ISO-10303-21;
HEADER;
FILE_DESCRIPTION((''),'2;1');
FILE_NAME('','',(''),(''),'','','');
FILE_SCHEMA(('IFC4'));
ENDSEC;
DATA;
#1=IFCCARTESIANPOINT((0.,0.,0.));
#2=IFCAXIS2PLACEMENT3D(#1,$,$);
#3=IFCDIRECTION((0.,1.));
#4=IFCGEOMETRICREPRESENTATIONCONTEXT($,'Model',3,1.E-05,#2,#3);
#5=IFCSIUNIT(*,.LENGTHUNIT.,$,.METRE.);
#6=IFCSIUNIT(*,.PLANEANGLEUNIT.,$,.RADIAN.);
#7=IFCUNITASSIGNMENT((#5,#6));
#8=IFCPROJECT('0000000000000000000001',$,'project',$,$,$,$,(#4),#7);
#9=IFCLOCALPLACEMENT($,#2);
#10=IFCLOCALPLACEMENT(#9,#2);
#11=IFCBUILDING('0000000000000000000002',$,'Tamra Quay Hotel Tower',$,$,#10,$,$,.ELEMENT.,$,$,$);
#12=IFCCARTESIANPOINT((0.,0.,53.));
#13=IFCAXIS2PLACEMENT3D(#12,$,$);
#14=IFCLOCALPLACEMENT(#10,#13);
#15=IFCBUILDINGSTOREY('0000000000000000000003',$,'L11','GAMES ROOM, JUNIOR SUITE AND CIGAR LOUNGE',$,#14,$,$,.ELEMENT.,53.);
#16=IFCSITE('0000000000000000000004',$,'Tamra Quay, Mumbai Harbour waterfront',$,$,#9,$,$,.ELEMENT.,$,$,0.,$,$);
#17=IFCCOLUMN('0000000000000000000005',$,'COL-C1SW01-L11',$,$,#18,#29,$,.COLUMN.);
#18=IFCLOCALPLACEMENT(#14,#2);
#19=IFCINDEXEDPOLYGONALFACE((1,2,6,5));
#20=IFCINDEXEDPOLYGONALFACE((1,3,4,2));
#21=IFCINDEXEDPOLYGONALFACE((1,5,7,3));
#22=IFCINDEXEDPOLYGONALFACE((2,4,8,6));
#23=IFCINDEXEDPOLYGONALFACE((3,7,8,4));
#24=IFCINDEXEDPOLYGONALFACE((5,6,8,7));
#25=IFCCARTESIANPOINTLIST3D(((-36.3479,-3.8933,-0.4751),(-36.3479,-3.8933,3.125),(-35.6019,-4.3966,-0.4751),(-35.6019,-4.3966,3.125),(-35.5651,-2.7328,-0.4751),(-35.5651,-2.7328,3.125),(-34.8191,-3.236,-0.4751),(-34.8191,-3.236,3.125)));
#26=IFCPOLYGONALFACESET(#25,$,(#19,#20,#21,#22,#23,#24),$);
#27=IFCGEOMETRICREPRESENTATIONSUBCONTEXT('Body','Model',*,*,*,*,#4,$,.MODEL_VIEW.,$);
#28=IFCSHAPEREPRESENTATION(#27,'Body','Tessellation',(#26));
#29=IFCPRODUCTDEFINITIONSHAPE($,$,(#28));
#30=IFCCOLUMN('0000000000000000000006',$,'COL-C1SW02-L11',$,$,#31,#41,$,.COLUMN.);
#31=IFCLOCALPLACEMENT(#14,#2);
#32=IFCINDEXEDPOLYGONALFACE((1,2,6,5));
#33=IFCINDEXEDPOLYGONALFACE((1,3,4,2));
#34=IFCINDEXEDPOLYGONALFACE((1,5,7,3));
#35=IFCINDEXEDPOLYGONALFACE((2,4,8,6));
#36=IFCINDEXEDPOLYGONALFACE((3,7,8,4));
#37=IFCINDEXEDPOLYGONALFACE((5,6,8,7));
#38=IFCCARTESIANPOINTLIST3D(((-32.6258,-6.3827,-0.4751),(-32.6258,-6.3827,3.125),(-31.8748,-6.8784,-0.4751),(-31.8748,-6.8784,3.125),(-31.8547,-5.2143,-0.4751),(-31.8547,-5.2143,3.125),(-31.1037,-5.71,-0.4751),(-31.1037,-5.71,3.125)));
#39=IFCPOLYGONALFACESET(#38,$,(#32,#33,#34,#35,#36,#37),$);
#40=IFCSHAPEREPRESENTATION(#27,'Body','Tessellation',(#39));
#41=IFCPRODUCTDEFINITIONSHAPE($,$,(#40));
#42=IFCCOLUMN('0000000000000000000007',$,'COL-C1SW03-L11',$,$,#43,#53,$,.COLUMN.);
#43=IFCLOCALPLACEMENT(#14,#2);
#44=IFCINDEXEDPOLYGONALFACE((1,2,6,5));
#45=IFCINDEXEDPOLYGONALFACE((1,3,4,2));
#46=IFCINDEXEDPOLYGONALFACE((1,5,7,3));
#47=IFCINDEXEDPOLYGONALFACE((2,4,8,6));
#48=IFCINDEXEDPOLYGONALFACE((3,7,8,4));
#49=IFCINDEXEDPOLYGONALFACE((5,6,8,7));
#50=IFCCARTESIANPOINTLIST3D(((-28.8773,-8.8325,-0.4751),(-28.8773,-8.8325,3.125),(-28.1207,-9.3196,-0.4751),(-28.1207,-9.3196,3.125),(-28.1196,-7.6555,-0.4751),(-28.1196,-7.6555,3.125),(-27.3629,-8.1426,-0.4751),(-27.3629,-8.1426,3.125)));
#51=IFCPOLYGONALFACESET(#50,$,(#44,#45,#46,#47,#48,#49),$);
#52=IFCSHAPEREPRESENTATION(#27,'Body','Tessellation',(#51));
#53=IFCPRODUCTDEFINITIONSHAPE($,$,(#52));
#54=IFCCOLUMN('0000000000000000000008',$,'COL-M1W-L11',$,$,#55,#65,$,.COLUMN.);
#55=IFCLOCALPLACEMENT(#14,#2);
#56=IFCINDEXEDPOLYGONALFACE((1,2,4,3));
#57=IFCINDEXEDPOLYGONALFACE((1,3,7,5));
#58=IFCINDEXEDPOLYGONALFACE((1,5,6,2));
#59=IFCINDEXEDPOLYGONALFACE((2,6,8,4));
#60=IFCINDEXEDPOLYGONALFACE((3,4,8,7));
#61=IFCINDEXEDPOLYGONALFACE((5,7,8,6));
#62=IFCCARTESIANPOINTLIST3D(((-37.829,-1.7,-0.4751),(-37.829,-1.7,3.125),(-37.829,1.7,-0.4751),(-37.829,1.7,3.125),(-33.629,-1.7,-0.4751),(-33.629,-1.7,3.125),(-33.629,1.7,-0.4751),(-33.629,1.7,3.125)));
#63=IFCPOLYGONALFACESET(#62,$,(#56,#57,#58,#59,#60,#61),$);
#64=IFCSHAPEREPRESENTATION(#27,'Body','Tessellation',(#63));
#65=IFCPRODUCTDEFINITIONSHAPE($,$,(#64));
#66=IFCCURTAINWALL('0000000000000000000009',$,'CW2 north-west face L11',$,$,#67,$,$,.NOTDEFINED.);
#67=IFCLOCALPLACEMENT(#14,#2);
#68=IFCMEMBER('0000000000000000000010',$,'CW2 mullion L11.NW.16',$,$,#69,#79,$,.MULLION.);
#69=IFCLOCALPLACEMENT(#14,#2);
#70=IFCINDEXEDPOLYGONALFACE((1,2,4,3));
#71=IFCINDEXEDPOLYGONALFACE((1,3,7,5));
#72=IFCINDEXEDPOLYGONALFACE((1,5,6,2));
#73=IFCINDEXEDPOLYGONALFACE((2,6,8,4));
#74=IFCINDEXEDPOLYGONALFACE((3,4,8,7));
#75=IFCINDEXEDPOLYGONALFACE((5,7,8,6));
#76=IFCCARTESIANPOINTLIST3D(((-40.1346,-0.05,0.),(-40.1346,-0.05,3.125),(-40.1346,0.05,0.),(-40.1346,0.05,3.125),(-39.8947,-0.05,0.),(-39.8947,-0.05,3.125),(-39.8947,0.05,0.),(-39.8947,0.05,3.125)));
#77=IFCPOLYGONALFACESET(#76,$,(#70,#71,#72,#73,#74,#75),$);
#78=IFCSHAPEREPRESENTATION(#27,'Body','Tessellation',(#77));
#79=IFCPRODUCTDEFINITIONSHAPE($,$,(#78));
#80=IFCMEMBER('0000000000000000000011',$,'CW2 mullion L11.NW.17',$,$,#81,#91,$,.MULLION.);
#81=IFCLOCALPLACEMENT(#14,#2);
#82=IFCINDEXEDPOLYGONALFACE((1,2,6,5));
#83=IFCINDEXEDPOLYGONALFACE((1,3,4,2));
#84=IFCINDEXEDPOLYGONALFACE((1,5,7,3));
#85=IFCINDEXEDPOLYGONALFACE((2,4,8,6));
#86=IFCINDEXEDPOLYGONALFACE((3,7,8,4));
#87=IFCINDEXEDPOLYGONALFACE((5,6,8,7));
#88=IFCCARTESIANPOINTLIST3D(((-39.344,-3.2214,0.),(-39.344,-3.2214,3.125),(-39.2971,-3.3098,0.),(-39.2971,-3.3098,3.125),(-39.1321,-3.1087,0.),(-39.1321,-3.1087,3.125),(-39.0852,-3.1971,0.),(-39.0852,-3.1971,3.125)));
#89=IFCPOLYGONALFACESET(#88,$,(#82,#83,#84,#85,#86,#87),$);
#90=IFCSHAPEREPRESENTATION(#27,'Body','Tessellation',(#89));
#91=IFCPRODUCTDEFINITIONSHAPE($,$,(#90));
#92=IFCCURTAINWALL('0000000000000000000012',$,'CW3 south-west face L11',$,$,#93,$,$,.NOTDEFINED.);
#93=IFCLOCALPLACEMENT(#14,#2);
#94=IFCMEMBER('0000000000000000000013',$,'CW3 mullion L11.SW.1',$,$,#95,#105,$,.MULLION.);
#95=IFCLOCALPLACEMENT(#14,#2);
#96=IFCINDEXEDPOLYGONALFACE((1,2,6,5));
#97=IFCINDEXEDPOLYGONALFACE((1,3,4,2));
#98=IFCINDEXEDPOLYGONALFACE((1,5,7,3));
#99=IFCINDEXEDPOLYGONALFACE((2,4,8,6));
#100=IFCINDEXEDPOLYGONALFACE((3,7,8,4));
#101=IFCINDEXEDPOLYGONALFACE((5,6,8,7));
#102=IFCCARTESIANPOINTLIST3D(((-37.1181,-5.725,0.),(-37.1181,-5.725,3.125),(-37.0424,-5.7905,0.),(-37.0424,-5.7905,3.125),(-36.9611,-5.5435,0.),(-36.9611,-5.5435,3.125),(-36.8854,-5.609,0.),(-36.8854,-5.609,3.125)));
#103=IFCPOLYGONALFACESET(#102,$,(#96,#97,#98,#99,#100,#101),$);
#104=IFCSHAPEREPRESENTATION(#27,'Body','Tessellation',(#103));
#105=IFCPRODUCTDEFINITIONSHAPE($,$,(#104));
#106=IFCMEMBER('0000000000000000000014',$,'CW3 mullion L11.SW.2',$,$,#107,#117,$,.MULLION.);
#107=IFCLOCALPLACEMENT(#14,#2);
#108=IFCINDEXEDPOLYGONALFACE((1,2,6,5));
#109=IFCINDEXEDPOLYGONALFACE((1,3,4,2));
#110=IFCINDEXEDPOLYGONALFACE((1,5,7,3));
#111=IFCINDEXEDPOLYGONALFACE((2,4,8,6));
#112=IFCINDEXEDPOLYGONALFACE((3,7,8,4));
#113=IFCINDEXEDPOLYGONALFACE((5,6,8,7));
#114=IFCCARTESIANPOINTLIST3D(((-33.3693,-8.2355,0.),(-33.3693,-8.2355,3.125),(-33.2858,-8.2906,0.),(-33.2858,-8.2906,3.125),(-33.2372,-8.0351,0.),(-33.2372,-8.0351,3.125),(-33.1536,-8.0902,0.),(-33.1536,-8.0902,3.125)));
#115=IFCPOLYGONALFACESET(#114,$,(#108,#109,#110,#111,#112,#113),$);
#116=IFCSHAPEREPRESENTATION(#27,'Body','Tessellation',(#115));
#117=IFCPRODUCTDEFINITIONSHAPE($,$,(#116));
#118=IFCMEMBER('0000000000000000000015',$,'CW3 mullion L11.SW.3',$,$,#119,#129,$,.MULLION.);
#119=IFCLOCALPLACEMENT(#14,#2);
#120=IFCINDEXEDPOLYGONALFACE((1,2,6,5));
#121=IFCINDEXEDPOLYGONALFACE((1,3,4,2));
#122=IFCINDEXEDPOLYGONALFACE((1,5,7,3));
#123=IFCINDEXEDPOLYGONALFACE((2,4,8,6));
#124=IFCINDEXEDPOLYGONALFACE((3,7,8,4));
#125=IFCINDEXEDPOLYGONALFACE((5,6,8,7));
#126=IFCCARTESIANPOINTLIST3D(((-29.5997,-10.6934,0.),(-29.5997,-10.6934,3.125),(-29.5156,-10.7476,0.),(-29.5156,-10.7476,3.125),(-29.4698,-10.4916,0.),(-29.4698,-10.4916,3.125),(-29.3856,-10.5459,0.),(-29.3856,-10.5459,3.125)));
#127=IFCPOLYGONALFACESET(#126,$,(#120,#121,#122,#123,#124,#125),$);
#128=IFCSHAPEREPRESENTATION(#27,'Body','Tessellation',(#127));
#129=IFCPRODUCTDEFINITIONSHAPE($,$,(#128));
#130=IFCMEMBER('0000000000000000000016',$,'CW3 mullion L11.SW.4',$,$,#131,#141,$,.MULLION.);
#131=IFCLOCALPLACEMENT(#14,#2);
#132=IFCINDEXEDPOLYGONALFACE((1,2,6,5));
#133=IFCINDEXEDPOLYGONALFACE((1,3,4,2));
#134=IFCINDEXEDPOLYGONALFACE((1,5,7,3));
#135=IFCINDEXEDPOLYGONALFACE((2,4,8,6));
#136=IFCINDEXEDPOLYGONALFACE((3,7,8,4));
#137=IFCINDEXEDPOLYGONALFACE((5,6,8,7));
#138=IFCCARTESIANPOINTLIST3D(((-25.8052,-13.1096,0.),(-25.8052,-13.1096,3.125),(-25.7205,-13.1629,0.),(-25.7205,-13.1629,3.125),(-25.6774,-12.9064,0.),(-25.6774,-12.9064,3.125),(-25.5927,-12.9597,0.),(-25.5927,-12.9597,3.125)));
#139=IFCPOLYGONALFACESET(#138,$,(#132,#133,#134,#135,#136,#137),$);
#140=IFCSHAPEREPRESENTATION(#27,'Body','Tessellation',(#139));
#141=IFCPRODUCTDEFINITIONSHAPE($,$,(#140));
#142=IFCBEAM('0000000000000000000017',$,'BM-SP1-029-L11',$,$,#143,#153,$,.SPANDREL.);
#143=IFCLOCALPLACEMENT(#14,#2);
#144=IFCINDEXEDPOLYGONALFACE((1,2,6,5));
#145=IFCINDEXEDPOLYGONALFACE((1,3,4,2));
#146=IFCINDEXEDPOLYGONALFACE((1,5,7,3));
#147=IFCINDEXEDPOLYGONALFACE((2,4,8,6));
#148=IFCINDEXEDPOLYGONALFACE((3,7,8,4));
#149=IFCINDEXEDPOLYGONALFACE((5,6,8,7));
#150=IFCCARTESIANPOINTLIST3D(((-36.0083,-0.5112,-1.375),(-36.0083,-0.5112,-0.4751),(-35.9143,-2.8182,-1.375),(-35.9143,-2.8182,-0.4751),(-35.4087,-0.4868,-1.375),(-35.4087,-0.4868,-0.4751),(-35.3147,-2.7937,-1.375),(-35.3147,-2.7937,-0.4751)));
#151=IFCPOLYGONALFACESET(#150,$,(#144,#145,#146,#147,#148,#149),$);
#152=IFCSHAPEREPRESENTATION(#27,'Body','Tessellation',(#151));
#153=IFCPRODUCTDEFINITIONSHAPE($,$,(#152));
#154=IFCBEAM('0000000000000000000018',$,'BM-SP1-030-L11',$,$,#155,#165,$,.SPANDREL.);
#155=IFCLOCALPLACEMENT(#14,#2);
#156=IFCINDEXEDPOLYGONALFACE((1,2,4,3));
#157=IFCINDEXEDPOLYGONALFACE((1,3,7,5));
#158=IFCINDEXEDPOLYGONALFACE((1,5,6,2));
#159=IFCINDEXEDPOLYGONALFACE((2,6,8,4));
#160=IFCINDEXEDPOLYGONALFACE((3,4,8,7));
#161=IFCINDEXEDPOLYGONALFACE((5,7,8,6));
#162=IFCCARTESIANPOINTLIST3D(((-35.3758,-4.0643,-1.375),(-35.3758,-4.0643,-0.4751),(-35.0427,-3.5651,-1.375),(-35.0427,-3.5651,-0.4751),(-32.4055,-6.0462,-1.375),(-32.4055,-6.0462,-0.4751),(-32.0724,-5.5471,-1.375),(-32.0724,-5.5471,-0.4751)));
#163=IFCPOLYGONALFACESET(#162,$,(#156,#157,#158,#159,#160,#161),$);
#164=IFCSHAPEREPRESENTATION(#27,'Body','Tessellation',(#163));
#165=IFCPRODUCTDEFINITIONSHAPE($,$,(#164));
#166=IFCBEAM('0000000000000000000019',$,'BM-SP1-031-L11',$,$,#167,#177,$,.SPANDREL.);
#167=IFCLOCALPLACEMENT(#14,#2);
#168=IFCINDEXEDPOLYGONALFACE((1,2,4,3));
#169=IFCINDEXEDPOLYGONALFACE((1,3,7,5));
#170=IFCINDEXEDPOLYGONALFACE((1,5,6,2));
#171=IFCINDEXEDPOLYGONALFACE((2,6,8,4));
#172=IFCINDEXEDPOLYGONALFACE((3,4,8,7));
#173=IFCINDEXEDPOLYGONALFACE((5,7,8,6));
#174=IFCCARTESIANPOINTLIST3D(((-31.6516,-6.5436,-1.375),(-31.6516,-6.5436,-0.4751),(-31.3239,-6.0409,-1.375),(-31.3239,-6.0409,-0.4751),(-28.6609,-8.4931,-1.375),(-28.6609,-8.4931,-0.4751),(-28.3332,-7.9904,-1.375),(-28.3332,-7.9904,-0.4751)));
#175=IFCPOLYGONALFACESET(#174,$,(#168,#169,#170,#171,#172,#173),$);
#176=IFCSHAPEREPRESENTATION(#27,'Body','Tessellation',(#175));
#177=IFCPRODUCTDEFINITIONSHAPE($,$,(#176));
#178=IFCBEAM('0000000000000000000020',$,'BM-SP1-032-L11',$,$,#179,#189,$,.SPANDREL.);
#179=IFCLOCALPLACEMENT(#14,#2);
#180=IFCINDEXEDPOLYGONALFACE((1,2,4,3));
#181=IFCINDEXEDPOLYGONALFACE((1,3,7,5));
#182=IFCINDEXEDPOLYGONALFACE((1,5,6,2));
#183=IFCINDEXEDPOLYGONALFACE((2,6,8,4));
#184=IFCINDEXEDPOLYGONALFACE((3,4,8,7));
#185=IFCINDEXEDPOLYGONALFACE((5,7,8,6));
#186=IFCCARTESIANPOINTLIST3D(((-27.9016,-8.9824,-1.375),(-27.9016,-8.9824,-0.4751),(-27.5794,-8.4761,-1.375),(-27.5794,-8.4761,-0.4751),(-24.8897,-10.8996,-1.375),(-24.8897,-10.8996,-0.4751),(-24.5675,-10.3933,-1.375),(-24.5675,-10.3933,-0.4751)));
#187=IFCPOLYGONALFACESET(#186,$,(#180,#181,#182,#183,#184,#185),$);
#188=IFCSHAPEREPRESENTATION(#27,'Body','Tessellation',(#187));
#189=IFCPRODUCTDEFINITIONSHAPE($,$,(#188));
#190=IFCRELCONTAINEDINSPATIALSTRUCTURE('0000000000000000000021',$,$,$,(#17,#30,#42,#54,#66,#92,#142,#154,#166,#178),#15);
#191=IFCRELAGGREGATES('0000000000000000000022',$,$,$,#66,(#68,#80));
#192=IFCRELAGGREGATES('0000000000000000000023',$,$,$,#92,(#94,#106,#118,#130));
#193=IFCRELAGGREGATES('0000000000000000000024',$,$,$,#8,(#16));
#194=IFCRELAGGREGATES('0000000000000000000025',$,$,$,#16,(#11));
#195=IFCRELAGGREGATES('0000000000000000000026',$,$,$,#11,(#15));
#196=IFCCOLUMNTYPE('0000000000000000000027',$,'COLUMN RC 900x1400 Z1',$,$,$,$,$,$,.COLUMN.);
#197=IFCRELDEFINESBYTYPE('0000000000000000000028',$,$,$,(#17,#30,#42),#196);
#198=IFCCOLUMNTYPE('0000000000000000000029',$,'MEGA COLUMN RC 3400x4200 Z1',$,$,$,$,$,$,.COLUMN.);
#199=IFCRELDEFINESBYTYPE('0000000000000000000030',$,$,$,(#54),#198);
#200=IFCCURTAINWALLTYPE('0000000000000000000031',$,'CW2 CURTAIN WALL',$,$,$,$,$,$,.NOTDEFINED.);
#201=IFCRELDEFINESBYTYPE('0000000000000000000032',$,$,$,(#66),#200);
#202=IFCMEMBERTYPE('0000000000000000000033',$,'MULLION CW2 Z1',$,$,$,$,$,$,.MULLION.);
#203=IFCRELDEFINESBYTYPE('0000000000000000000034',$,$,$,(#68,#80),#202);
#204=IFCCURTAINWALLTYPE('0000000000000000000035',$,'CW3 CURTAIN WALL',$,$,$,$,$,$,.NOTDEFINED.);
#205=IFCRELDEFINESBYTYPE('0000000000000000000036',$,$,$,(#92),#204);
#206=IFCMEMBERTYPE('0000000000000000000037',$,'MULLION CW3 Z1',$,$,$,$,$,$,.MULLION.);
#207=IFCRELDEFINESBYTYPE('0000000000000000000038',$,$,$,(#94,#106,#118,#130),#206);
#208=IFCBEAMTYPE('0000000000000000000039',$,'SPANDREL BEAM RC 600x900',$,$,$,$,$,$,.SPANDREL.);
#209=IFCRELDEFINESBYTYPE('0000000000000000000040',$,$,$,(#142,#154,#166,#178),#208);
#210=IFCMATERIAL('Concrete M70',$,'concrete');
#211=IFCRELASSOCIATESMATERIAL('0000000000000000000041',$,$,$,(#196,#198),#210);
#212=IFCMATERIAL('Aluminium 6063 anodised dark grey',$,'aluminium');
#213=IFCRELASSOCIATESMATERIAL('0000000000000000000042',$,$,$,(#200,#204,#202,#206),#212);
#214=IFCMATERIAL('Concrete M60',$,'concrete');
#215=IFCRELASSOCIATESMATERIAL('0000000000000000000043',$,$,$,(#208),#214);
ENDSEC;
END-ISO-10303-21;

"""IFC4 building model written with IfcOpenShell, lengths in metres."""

from ifc_helpers import new_model, si_unit, direction, frame, origin, origin_2d, place, context, subcontext, project, spatial, rectangle, extrude, material, material_profile, profile_set, type_object, element, aggregate, save


model = new_model("IFC4")

# Units and contexts
model_context = context("Model", 3, precision=1e-05, world=origin(), true_north=direction((0.0, 1.0)))
body_context = subcontext(model_context, "Body", "Model", "MODEL_VIEW")
ifc_project = project(units=[si_unit("LENGTHUNIT", "METRE"), si_unit("PLANEANGLEUNIT", "RADIAN")], contexts=[model_context])

# Site, building, storey
site_placement = place(None, origin())
site = spatial("IfcSite", under=ifc_project, at=site_placement, Name="Tamra Quay, Mumbai Harbour waterfront", CompositionType="ELEMENT", RefElevation=0.0)
building_placement = place(site_placement, origin())
building = spatial("IfcBuilding", under=site, at=building_placement, Name="Tamra Quay Hotel Tower", CompositionType="ELEMENT")
storey_placement = place(building_placement, frame((0.0, 0.0, 53.0)))
storey = spatial("IfcBuildingStorey", under=building, at=storey_placement, Name="L11", Description="GAMES ROOM, JUNIOR SUITE AND CIGAR LOUNGE", CompositionType="ELEMENT", Elevation=53.0)

# Columns
ifc_material_1 = material(Name="Concrete M70", Category="concrete")
ifc_material_profile_1 = material_profile(ifc_material_1, rectangle(XDim=1.3999, YDim=0.8999, at=origin_2d()), Name="COLUMN RC 900x1400 Z1")
ifc_profile_set_1 = profile_set([ifc_material_profile_1], Name="Concrete M70")
column_type_1 = type_object("IfcColumnType", Name="COLUMN RC 900x1400 Z1", PredefinedType="COLUMN", material=ifc_profile_set_1)
for number, where, z_axis, x_axis, name in (
    (1, (-35.5835, -3.5647, -0.4751), (0.0, 0.0, 1.0), (0.55922, 0.829019, 0.0), "COL-C1SW01-L11"),
    (2, (-31.8647, -6.0464, -0.4751), (0.0, 0.0, 1.0), (0.550838, 0.834612, 0.0), "COL-C1SW02-L11"),
    (3, (-28.1201, -8.4875, -0.4751), (0.0, 0.0, 1.0), (0.541283, 0.840841, 0.0), "COL-C1SW03-L11"),
):
    element("IfcColumn", number, at=place(storey_placement, frame(where, z_axis=z_axis, x_axis=x_axis)), inside=storey, type_object=column_type_1, Name=name, PredefinedType="COLUMN", context=body_context, shape_type="SweptSolid", body=[
        extrude(rectangle(XDim=1.3999, YDim=0.8999, at=origin_2d()), origin(), (0.0, 0.0, 1.0), 3.6001),
    ])
ifc_material_profile_2 = material_profile(ifc_material_1, rectangle(XDim=4.2, YDim=3.3999, at=origin_2d()), Name="MEGA COLUMN RC 3400x4200 Z1")
ifc_profile_set_2 = profile_set([ifc_material_profile_2], Name="Concrete M70")
column_type_2 = type_object("IfcColumnType", Name="MEGA COLUMN RC 3400x4200 Z1", PredefinedType="COLUMN", material=ifc_profile_set_2)
column_placement = place(storey_placement, frame((-35.729, 0.0, -0.4751), z_axis=(0.0, 0.0, 1.0), x_axis=(1.0, 0.0, 0.0)))
element("IfcColumn", 4, at=column_placement, inside=storey, type_object=column_type_2, Name="COL-M1W-L11", PredefinedType="COLUMN", context=body_context, shape_type="SweptSolid", body=[
    extrude(rectangle(XDim=4.2, YDim=3.3999, at=origin_2d()), origin(), (0.0, 0.0, 1.0), 3.6001),
])

# Curtain walls, members
ifc_material_2 = material(Name="Aluminium 6063 anodised dark grey", Category="aluminium")
curtain_wall_type_1 = type_object("IfcCurtainWallType", Name="CW2 CURTAIN WALL", PredefinedType="NOTDEFINED", material=ifc_material_2)
curtain_wall_1_placement = place(storey_placement, origin())
curtain_wall_1 = element("IfcCurtainWall", 5, at=curtain_wall_1_placement, inside=storey, type_object=curtain_wall_type_1, Name="CW2 north-west face L11", PredefinedType="NOTDEFINED")
ifc_material_profile_3 = material_profile(ifc_material_2, rectangle(XDim=0.24, YDim=0.1001, at=origin_2d()), Name="MULLION 100X240")
ifc_profile_set_3 = profile_set([ifc_material_profile_3], Name="Aluminium 6063 anodised dark grey")
member_type_1 = type_object("IfcMemberType", Name="MULLION CW2 Z1", PredefinedType="MULLION", material=ifc_profile_set_3)
member_1_placement = place(storey_placement, frame((-40.0146, 0.0, 0.0), z_axis=(0.0, 0.0, 1.0), x_axis=(-1.0, 0.0, 0.0)))
member_1 = element("IfcMember", 6, at=member_1_placement, type_object=member_type_1, Name="CW2 mullion L11.NW.16", PredefinedType="MULLION", context=body_context, shape_type="SweptSolid", body=[
    extrude(rectangle(XDim=0.24, YDim=0.1001, at=origin_2d()), origin(), (0.0, 0.0, 1.0), 3.125),
])
member_2_placement = place(storey_placement, frame((-39.2146, -3.2092, 0.0), z_axis=(0.0, 0.0, 1.0), x_axis=(-0.882955, -0.469457, 0.0)))
member_2 = element("IfcMember", 7, at=member_2_placement, type_object=member_type_1, Name="CW2 mullion L11.NW.17", PredefinedType="MULLION", context=body_context, shape_type="SweptSolid", body=[
    extrude(rectangle(XDim=0.24, YDim=0.1001, at=origin_2d()), origin(), (0.0, 0.0, 1.0), 3.125),
])
curtain_wall_type_2 = type_object("IfcCurtainWallType", Name="CW3 CURTAIN WALL", PredefinedType="NOTDEFINED", material=ifc_material_2)
curtain_wall_2_placement = place(storey_placement, origin())
curtain_wall_2 = element("IfcCurtainWall", 8, at=curtain_wall_2_placement, inside=storey, type_object=curtain_wall_type_2, Name="CW3 south-west face L11", PredefinedType="NOTDEFINED")
ifc_material_profile_4 = material_profile(ifc_material_2, rectangle(XDim=0.24, YDim=0.1001, at=origin_2d()), Name="MULLION 100X240")
ifc_profile_set_4 = profile_set([ifc_material_profile_4], Name="Aluminium 6063 anodised dark grey")
member_type_2 = type_object("IfcMemberType", Name="MULLION CW3 Z1", PredefinedType="MULLION", material=ifc_profile_set_4)
member_3_placement = place(storey_placement, frame((-37.0017, -5.667, 0.0), z_axis=(0.0, 0.0, 1.0), x_axis=(-0.654197, -0.756324, 0.0)))
member_3 = element("IfcMember", 9, at=member_3_placement, type_object=member_type_2, Name="CW3 mullion L11.SW.1", PredefinedType="MULLION", context=body_context, shape_type="SweptSolid", body=[
    extrude(rectangle(XDim=0.24, YDim=0.1001, at=origin_2d()), origin(), (0.0, 0.0, 1.0), 3.125),
])
member_4_placement = place(storey_placement, frame((-33.2615, -8.1628, 0.0), z_axis=(0.0, 0.0, 1.0), x_axis=(-0.550591, -0.834775, 0.0)))
member_4 = element("IfcMember", 10, at=member_4_placement, type_object=member_type_2, Name="CW3 mullion L11.SW.2", PredefinedType="MULLION", context=body_context, shape_type="SweptSolid", body=[
    extrude(rectangle(XDim=0.24, YDim=0.1001, at=origin_2d()), origin(), (0.0, 0.0, 1.0), 3.125),
])
member_5_placement = place(storey_placement, frame((-29.4927, -10.6196, 0.0), z_axis=(0.0, 0.0, 1.0), x_axis=(-0.541561, -0.840662, 0.0)))
member_5 = element("IfcMember", 11, at=member_5_placement, type_object=member_type_2, Name="CW3 mullion L11.SW.3", PredefinedType="MULLION", context=body_context, shape_type="SweptSolid", body=[
    extrude(rectangle(XDim=0.24, YDim=0.1001, at=origin_2d()), origin(), (0.0, 0.0, 1.0), 3.125),
])
member_6_placement = place(storey_placement, frame((-25.699, -13.0347, 0.0), z_axis=(0.0, 0.0, 1.0), x_axis=(-0.532447, -0.846463, 0.0)))
member_6 = element("IfcMember", 12, at=member_6_placement, type_object=member_type_2, Name="CW3 mullion L11.SW.4", PredefinedType="MULLION", context=body_context, shape_type="SweptSolid", body=[
    extrude(rectangle(XDim=0.24, YDim=0.1001, at=origin_2d()), origin(), (0.0, 0.0, 1.0), 3.125),
])

# Beams
ifc_material_3 = material(Name="Concrete M60", Category="concrete")
ifc_material_profile_5 = material_profile(ifc_material_3, rectangle(XDim=0.6001, YDim=0.8999, at=origin_2d()), Name="SPANDREL BEAM RC 600x900")
ifc_profile_set_5 = profile_set([ifc_material_profile_5], Name="Concrete M60")
beam_type = type_object("IfcBeamType", Name="SPANDREL BEAM RC 600x900", PredefinedType="SPANDREL", material=ifc_profile_set_5)
beam_1_placement = place(storey_placement, frame((-35.7085, -0.499, -0.925), z_axis=(0.040711, -0.999171, 0.0), x_axis=(0.999171, 0.040711, 0.0)))
element("IfcBeam", 13, at=beam_1_placement, inside=storey, type_object=beam_type, Name="BM-SP1-029-L11", PredefinedType="SPANDREL", context=body_context, shape_type="SweptSolid", body=[
    extrude(rectangle(XDim=0.6001, YDim=0.8999, at=origin_2d()), origin(), (0.0, 0.0, 1.0), 2.3088),
])
beam_2_placement = place(storey_placement, frame((-35.2092, -3.8147, -0.925), z_axis=(0.831819, -0.555047, 0.0), x_axis=(0.555047, 0.831819, 0.0)))
element("IfcBeam", 14, at=beam_2_placement, inside=storey, type_object=beam_type, Name="BM-SP1-030-L11", PredefinedType="SPANDREL", context=body_context, shape_type="SweptSolid", body=[
    extrude(rectangle(XDim=0.6001, YDim=0.8999, at=origin_2d()), origin(), (0.0, 0.0, 1.0), 3.5708),
])
beam_3_placement = place(storey_placement, frame((-31.4878, -6.2922, -0.925), z_axis=(0.83774, -0.54607, 0.0), x_axis=(0.54607, 0.83774, 0.0)))
element("IfcBeam", 15, at=beam_3_placement, inside=storey, type_object=beam_type, Name="BM-SP1-031-L11", PredefinedType="SPANDREL", context=body_context, shape_type="SweptSolid", body=[
    extrude(rectangle(XDim=0.6001, YDim=0.8999, at=origin_2d()), origin(), (0.0, 0.0, 1.0), 3.5701),
])
beam_4_placement = place(storey_placement, frame((-27.7405, -8.7292, -0.925), z_axis=(0.843594, -0.536982, 0.0), x_axis=(0.536982, 0.843594, 0.0)))
element("IfcBeam", 16, at=beam_4_placement, inside=storey, type_object=beam_type, Name="BM-SP1-032-L11", PredefinedType="SPANDREL", context=body_context, shape_type="SweptSolid", body=[
    extrude(rectangle(XDim=0.6001, YDim=0.8999, at=origin_2d()), origin(), (0.0, 0.0, 1.0), 3.5703),
])

aggregate(curtain_wall_1, [member_1, member_2])
aggregate(curtain_wall_2, [member_3, member_4, member_5, member_6])

save(model, "model.ifc")
